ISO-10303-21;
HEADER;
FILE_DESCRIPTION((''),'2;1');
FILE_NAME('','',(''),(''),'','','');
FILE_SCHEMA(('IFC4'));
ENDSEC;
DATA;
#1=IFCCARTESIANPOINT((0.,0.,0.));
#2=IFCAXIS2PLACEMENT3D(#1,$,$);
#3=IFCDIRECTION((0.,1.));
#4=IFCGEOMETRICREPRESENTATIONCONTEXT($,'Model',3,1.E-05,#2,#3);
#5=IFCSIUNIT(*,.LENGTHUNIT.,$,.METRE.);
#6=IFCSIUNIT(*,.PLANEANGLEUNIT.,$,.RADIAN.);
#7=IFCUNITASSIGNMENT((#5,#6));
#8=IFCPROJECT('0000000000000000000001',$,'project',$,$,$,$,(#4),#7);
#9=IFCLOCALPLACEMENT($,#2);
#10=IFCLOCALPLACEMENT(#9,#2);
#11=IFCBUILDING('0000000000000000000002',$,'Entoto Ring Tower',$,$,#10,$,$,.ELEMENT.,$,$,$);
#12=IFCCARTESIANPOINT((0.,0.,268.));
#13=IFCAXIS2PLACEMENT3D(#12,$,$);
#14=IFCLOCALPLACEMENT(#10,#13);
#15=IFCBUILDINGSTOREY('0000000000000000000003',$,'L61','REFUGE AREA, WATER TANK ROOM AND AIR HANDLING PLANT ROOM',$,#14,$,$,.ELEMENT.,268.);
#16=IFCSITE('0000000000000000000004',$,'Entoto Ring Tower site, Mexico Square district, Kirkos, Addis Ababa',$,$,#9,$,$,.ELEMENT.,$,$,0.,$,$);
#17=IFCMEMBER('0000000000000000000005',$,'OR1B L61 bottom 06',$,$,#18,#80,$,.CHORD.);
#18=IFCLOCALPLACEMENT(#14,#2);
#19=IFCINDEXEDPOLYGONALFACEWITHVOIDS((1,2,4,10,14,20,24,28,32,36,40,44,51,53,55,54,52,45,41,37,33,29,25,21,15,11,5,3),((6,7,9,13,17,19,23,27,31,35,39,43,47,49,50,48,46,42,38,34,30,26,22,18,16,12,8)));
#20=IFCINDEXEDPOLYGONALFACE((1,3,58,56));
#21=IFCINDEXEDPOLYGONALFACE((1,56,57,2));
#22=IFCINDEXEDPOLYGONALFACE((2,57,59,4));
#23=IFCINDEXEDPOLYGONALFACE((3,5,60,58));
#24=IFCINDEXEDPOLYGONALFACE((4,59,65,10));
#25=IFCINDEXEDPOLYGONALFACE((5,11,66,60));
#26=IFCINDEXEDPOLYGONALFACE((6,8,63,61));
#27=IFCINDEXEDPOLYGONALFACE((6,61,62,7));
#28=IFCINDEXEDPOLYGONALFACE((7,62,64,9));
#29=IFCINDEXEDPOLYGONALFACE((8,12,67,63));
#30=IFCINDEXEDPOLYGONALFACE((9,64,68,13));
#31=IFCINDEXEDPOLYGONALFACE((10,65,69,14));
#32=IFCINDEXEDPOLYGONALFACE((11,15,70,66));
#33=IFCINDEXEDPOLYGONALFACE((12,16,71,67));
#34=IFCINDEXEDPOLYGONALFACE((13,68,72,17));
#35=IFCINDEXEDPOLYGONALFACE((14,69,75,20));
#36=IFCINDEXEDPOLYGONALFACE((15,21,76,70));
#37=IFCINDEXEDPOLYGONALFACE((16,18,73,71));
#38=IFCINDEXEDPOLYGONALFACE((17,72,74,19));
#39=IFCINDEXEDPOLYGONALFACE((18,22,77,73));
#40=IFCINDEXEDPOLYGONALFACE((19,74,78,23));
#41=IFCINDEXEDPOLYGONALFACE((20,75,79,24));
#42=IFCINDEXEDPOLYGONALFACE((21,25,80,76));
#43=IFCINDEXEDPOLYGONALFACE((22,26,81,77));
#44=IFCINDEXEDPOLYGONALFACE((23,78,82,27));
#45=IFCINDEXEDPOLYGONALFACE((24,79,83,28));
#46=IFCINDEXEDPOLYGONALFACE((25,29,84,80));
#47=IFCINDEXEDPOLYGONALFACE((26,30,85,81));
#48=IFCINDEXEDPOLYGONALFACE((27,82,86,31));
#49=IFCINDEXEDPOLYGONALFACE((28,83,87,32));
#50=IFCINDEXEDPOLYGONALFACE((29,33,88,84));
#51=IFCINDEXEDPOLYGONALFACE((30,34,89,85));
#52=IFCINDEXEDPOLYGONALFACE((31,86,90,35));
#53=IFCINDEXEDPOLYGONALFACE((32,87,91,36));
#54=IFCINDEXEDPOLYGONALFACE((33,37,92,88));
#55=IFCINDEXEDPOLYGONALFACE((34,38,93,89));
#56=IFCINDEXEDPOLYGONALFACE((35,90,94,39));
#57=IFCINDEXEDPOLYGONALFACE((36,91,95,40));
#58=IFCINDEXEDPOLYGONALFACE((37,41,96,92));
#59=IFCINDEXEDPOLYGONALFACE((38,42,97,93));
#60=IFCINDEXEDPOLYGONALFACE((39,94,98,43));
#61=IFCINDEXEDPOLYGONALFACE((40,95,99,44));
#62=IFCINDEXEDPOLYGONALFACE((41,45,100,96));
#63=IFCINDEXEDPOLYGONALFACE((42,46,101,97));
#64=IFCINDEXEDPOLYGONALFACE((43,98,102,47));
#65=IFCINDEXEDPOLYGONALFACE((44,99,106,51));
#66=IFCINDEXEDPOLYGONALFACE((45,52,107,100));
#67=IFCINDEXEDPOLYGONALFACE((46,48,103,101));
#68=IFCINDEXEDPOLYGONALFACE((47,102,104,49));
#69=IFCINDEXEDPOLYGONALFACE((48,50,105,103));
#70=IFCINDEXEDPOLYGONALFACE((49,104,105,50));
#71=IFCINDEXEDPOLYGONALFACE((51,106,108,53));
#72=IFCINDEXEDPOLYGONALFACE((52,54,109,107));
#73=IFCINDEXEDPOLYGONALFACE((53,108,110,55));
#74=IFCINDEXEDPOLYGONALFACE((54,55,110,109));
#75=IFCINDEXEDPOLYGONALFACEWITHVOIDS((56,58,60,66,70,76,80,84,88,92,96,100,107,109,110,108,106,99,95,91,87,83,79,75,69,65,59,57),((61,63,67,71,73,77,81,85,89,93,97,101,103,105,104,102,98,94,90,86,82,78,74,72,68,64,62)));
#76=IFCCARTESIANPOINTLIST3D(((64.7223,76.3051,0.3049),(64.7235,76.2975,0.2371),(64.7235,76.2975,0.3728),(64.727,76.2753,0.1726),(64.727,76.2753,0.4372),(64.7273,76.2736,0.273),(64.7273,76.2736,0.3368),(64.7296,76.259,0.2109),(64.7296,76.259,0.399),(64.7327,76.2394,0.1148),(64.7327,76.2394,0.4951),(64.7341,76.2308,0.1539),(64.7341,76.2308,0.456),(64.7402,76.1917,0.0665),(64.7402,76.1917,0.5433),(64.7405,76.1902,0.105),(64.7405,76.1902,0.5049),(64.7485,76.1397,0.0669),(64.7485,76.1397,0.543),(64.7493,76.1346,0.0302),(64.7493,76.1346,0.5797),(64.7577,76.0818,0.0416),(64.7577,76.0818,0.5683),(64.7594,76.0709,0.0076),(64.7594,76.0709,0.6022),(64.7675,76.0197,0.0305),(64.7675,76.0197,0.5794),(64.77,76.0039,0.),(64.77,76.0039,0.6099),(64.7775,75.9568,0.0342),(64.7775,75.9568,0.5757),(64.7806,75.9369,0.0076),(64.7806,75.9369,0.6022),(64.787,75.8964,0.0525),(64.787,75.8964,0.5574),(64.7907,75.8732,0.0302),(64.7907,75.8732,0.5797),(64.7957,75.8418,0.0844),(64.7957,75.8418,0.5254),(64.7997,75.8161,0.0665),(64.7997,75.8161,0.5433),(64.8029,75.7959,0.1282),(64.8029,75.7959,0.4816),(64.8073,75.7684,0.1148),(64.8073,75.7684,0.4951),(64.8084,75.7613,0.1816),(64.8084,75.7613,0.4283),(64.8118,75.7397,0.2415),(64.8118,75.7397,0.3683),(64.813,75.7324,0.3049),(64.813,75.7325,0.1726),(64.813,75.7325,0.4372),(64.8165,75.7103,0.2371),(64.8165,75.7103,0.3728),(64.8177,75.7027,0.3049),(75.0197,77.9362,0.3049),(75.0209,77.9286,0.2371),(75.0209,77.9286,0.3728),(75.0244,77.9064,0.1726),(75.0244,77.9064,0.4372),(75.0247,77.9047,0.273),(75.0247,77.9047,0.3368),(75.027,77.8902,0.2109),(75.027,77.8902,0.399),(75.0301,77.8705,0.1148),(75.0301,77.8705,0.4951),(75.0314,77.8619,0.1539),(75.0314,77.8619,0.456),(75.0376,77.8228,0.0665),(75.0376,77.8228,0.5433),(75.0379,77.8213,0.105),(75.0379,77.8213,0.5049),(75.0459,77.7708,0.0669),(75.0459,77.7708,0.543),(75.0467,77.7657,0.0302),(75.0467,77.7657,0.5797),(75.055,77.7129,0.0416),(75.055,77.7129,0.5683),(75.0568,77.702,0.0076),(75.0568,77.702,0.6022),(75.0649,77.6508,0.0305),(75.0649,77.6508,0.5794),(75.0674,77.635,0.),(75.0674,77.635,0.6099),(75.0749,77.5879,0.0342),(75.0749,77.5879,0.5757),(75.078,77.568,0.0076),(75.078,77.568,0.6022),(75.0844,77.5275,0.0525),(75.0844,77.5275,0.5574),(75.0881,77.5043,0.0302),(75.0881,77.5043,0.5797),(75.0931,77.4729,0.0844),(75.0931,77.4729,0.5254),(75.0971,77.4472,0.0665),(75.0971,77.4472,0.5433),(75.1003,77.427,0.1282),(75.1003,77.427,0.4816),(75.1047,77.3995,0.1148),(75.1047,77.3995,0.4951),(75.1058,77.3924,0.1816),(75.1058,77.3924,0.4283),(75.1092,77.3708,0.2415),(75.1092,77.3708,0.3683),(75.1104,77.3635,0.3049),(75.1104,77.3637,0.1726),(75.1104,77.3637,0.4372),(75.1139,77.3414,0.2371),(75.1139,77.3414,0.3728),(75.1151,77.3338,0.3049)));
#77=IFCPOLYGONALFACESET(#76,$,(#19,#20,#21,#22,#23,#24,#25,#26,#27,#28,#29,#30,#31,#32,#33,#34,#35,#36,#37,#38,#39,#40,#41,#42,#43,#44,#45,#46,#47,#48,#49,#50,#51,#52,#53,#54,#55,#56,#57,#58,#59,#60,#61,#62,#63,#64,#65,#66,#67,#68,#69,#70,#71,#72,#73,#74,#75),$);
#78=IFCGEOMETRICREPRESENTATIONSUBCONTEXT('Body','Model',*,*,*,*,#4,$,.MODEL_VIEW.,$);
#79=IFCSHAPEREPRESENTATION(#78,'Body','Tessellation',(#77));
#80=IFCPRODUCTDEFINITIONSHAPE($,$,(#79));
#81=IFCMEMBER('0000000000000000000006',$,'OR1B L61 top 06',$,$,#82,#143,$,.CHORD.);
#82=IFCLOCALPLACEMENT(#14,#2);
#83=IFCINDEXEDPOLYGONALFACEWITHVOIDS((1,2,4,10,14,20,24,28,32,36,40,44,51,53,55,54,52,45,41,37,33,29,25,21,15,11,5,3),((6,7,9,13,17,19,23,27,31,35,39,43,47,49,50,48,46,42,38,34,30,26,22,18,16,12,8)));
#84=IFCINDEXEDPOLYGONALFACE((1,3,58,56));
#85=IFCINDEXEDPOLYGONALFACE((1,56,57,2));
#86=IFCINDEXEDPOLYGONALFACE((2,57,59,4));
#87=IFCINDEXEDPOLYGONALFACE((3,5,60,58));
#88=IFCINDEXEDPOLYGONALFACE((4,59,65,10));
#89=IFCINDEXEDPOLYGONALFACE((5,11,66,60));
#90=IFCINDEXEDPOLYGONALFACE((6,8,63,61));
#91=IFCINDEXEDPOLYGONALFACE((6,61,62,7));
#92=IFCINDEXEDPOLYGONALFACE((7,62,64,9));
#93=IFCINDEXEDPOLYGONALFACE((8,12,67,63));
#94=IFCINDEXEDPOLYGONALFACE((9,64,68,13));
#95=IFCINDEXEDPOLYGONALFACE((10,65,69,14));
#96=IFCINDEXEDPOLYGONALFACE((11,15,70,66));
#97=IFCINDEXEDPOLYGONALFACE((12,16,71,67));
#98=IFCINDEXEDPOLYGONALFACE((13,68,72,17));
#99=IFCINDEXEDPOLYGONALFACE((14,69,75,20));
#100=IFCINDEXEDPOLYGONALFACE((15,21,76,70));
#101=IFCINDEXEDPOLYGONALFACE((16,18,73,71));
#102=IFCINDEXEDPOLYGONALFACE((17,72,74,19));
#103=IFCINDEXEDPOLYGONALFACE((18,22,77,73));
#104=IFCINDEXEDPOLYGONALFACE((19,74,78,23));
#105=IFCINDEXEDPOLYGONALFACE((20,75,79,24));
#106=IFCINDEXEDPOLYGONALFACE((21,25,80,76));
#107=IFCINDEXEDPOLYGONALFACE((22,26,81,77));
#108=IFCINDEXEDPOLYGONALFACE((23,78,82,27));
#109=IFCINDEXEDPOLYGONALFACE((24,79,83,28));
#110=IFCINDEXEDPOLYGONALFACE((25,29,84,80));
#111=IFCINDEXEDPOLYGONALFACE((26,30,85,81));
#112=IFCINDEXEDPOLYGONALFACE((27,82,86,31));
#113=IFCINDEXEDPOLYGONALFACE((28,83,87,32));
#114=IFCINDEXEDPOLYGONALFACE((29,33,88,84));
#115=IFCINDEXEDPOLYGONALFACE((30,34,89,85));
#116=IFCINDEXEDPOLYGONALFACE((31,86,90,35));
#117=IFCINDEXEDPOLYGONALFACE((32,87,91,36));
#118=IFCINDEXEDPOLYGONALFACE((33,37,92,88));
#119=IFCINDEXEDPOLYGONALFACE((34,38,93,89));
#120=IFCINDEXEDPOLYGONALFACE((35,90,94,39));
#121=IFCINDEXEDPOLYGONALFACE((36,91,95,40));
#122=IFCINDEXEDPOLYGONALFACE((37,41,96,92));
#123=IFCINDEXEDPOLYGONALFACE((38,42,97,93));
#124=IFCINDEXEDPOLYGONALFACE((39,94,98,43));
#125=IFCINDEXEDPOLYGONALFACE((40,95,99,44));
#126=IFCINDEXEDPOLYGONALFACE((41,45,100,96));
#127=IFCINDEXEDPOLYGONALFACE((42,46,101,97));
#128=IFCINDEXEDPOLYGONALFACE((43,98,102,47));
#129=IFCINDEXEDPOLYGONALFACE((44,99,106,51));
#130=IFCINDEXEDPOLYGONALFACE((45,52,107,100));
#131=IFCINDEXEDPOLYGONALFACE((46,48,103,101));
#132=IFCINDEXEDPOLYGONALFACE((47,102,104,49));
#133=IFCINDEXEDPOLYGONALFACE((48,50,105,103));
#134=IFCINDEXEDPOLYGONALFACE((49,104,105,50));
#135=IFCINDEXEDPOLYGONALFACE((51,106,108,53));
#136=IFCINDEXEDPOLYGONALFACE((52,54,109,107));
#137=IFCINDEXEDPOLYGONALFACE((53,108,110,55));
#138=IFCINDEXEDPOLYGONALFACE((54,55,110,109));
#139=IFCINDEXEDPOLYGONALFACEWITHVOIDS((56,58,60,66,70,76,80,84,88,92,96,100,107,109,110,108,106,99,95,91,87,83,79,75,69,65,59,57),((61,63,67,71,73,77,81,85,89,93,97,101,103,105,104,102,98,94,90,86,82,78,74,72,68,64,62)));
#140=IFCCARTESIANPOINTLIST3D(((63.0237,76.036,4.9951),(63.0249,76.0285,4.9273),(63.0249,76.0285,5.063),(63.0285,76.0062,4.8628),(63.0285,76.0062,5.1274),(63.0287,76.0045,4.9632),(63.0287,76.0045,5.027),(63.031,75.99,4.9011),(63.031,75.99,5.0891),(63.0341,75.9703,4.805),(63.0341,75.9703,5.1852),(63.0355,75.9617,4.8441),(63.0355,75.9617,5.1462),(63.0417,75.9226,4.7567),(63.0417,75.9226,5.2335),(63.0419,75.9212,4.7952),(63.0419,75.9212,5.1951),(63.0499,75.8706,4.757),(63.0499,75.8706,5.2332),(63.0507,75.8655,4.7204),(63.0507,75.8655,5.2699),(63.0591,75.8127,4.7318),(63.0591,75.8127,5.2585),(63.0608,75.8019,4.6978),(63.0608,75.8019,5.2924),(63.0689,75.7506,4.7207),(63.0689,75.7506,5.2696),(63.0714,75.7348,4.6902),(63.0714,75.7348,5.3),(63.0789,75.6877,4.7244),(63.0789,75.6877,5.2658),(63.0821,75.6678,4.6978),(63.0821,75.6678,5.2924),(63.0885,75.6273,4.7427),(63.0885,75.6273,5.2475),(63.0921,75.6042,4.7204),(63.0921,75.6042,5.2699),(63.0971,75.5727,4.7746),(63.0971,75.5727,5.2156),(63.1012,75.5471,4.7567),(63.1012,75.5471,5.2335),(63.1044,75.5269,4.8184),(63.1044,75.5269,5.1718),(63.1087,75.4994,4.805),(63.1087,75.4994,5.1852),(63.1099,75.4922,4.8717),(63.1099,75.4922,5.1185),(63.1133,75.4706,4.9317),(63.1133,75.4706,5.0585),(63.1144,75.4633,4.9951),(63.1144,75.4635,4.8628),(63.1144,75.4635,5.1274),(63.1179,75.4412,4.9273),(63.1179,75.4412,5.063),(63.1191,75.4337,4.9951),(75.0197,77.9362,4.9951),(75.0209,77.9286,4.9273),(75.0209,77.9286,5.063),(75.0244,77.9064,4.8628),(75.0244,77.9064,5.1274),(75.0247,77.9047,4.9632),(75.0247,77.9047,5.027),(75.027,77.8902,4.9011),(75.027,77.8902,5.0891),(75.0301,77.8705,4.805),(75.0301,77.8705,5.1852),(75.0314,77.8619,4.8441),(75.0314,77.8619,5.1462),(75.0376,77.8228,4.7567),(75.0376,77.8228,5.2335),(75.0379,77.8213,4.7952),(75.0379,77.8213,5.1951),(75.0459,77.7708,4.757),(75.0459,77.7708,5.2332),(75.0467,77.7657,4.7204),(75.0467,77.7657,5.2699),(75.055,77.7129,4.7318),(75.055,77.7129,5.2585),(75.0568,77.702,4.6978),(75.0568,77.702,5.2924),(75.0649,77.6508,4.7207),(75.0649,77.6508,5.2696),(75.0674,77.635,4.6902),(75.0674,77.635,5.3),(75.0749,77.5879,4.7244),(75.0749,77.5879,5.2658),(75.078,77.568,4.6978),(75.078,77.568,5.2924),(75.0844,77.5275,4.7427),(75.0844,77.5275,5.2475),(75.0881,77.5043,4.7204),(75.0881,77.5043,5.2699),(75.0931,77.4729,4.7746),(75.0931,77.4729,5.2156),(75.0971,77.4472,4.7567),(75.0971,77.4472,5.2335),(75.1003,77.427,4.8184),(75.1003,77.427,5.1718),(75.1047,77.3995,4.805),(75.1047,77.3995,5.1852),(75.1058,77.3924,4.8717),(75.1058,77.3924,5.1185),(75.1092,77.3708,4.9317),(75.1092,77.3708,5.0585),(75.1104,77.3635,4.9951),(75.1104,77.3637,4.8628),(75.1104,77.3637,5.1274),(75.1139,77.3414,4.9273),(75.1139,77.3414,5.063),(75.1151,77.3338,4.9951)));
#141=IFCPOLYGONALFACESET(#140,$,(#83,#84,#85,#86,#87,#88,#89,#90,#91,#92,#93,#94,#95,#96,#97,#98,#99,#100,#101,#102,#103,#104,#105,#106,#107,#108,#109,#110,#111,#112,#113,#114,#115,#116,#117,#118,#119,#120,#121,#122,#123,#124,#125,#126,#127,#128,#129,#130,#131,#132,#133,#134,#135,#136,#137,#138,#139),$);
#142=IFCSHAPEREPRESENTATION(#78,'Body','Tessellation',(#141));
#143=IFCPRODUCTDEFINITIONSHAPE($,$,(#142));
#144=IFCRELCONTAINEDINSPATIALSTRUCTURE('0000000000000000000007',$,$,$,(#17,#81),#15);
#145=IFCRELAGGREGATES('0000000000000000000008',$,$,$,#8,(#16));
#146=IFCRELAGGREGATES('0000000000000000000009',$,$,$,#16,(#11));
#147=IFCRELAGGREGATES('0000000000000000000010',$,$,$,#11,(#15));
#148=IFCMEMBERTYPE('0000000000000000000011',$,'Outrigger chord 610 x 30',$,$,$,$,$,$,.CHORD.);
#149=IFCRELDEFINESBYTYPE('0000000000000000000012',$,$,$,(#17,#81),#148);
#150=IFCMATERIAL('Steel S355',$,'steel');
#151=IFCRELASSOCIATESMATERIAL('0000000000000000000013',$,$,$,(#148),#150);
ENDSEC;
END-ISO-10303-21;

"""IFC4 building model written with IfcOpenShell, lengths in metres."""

from ifc_helpers import new_model, si_unit, direction, frame, origin, origin_2d, place, context, subcontext, project, spatial, circle, hollow_circle, extrude, material, material_profile, profile_set, type_object, element, save


model = new_model("IFC4")

# Units and contexts
model_context = context("Model", 3, precision=1e-05, world=origin(), true_north=direction((0.0, 1.0)))
body_context = subcontext(model_context, "Body", "Model", "MODEL_VIEW")
ifc_project = project(units=[si_unit("LENGTHUNIT", "METRE"), si_unit("PLANEANGLEUNIT", "RADIAN")], contexts=[model_context])

# Site, building, storey
site_placement = place(None, origin())
site = spatial("IfcSite", under=ifc_project, at=site_placement, Name="Entoto Ring Tower site, Mexico Square district, Kirkos, Addis Ababa", CompositionType="ELEMENT", RefElevation=0.0)
building_placement = place(site_placement, origin())
building = spatial("IfcBuilding", under=site, at=building_placement, Name="Entoto Ring Tower", CompositionType="ELEMENT")
storey_placement = place(building_placement, frame((0.0, 0.0, 268.0)))
storey = spatial("IfcBuildingStorey", under=building, at=storey_placement, Name="L61", Description="REFUGE AREA, WATER TANK ROOM AND AIR HANDLING PLANT ROOM", CompositionType="ELEMENT", Elevation=268.0)

# Members
ifc_material_1 = material(Name="Steel S355", Category="steel")
ifc_material_profile_1 = material_profile(ifc_material_1, hollow_circle(Radius=0.3049, WallThickness=0.03, at=origin_2d()), Name="CHS 610 x 30")
ifc_material_2 = material(Name="Concrete C60/75", Category="concrete")
ifc_material_profile_2 = material_profile(ifc_material_2, circle(Radius=0.2749, at=origin_2d()), Name="Concrete C60/75 infill")
ifc_profile_set_1 = profile_set([ifc_material_profile_1, ifc_material_profile_2], Name="Steel S355")
member_type_1 = type_object("IfcMemberType", Name="Outrigger chord 610 x 30", PredefinedType="CHORD", material=ifc_profile_set_1)
member_1_placement = place(storey_placement, frame((75.0674, 77.635, 0.3049), z_axis=(-0.987686, -0.15645, 0.0), x_axis=(0.15645, -0.987686, 0.0)))
element("IfcMember", 1, at=member_1_placement, inside=storey, type_object=member_type_1, Name="OR1B L61 bottom 06", PredefinedType="CHORD", context=body_context, shape_type="SweptSolid", body=[
    extrude(hollow_circle(Radius=0.3049, WallThickness=0.03, at=origin_2d()), origin(), (0.0, 0.0, 1.0), 10.4258),
])
member_2_placement = place(storey_placement, frame((75.0674, 77.635, 4.9951), z_axis=(-0.987686, -0.15645, 0.0), x_axis=(0.15645, -0.987686, 0.0)))
element("IfcMember", 2, at=member_2_placement, inside=storey, type_object=member_type_1, Name="OR1B L61 top 06", PredefinedType="CHORD", context=body_context, shape_type="SweptSolid", body=[
    extrude(hollow_circle(Radius=0.3049, WallThickness=0.03, at=origin_2d()), origin(), (0.0, 0.0, 1.0), 12.1455),
])

save(model, "model.ifc")
